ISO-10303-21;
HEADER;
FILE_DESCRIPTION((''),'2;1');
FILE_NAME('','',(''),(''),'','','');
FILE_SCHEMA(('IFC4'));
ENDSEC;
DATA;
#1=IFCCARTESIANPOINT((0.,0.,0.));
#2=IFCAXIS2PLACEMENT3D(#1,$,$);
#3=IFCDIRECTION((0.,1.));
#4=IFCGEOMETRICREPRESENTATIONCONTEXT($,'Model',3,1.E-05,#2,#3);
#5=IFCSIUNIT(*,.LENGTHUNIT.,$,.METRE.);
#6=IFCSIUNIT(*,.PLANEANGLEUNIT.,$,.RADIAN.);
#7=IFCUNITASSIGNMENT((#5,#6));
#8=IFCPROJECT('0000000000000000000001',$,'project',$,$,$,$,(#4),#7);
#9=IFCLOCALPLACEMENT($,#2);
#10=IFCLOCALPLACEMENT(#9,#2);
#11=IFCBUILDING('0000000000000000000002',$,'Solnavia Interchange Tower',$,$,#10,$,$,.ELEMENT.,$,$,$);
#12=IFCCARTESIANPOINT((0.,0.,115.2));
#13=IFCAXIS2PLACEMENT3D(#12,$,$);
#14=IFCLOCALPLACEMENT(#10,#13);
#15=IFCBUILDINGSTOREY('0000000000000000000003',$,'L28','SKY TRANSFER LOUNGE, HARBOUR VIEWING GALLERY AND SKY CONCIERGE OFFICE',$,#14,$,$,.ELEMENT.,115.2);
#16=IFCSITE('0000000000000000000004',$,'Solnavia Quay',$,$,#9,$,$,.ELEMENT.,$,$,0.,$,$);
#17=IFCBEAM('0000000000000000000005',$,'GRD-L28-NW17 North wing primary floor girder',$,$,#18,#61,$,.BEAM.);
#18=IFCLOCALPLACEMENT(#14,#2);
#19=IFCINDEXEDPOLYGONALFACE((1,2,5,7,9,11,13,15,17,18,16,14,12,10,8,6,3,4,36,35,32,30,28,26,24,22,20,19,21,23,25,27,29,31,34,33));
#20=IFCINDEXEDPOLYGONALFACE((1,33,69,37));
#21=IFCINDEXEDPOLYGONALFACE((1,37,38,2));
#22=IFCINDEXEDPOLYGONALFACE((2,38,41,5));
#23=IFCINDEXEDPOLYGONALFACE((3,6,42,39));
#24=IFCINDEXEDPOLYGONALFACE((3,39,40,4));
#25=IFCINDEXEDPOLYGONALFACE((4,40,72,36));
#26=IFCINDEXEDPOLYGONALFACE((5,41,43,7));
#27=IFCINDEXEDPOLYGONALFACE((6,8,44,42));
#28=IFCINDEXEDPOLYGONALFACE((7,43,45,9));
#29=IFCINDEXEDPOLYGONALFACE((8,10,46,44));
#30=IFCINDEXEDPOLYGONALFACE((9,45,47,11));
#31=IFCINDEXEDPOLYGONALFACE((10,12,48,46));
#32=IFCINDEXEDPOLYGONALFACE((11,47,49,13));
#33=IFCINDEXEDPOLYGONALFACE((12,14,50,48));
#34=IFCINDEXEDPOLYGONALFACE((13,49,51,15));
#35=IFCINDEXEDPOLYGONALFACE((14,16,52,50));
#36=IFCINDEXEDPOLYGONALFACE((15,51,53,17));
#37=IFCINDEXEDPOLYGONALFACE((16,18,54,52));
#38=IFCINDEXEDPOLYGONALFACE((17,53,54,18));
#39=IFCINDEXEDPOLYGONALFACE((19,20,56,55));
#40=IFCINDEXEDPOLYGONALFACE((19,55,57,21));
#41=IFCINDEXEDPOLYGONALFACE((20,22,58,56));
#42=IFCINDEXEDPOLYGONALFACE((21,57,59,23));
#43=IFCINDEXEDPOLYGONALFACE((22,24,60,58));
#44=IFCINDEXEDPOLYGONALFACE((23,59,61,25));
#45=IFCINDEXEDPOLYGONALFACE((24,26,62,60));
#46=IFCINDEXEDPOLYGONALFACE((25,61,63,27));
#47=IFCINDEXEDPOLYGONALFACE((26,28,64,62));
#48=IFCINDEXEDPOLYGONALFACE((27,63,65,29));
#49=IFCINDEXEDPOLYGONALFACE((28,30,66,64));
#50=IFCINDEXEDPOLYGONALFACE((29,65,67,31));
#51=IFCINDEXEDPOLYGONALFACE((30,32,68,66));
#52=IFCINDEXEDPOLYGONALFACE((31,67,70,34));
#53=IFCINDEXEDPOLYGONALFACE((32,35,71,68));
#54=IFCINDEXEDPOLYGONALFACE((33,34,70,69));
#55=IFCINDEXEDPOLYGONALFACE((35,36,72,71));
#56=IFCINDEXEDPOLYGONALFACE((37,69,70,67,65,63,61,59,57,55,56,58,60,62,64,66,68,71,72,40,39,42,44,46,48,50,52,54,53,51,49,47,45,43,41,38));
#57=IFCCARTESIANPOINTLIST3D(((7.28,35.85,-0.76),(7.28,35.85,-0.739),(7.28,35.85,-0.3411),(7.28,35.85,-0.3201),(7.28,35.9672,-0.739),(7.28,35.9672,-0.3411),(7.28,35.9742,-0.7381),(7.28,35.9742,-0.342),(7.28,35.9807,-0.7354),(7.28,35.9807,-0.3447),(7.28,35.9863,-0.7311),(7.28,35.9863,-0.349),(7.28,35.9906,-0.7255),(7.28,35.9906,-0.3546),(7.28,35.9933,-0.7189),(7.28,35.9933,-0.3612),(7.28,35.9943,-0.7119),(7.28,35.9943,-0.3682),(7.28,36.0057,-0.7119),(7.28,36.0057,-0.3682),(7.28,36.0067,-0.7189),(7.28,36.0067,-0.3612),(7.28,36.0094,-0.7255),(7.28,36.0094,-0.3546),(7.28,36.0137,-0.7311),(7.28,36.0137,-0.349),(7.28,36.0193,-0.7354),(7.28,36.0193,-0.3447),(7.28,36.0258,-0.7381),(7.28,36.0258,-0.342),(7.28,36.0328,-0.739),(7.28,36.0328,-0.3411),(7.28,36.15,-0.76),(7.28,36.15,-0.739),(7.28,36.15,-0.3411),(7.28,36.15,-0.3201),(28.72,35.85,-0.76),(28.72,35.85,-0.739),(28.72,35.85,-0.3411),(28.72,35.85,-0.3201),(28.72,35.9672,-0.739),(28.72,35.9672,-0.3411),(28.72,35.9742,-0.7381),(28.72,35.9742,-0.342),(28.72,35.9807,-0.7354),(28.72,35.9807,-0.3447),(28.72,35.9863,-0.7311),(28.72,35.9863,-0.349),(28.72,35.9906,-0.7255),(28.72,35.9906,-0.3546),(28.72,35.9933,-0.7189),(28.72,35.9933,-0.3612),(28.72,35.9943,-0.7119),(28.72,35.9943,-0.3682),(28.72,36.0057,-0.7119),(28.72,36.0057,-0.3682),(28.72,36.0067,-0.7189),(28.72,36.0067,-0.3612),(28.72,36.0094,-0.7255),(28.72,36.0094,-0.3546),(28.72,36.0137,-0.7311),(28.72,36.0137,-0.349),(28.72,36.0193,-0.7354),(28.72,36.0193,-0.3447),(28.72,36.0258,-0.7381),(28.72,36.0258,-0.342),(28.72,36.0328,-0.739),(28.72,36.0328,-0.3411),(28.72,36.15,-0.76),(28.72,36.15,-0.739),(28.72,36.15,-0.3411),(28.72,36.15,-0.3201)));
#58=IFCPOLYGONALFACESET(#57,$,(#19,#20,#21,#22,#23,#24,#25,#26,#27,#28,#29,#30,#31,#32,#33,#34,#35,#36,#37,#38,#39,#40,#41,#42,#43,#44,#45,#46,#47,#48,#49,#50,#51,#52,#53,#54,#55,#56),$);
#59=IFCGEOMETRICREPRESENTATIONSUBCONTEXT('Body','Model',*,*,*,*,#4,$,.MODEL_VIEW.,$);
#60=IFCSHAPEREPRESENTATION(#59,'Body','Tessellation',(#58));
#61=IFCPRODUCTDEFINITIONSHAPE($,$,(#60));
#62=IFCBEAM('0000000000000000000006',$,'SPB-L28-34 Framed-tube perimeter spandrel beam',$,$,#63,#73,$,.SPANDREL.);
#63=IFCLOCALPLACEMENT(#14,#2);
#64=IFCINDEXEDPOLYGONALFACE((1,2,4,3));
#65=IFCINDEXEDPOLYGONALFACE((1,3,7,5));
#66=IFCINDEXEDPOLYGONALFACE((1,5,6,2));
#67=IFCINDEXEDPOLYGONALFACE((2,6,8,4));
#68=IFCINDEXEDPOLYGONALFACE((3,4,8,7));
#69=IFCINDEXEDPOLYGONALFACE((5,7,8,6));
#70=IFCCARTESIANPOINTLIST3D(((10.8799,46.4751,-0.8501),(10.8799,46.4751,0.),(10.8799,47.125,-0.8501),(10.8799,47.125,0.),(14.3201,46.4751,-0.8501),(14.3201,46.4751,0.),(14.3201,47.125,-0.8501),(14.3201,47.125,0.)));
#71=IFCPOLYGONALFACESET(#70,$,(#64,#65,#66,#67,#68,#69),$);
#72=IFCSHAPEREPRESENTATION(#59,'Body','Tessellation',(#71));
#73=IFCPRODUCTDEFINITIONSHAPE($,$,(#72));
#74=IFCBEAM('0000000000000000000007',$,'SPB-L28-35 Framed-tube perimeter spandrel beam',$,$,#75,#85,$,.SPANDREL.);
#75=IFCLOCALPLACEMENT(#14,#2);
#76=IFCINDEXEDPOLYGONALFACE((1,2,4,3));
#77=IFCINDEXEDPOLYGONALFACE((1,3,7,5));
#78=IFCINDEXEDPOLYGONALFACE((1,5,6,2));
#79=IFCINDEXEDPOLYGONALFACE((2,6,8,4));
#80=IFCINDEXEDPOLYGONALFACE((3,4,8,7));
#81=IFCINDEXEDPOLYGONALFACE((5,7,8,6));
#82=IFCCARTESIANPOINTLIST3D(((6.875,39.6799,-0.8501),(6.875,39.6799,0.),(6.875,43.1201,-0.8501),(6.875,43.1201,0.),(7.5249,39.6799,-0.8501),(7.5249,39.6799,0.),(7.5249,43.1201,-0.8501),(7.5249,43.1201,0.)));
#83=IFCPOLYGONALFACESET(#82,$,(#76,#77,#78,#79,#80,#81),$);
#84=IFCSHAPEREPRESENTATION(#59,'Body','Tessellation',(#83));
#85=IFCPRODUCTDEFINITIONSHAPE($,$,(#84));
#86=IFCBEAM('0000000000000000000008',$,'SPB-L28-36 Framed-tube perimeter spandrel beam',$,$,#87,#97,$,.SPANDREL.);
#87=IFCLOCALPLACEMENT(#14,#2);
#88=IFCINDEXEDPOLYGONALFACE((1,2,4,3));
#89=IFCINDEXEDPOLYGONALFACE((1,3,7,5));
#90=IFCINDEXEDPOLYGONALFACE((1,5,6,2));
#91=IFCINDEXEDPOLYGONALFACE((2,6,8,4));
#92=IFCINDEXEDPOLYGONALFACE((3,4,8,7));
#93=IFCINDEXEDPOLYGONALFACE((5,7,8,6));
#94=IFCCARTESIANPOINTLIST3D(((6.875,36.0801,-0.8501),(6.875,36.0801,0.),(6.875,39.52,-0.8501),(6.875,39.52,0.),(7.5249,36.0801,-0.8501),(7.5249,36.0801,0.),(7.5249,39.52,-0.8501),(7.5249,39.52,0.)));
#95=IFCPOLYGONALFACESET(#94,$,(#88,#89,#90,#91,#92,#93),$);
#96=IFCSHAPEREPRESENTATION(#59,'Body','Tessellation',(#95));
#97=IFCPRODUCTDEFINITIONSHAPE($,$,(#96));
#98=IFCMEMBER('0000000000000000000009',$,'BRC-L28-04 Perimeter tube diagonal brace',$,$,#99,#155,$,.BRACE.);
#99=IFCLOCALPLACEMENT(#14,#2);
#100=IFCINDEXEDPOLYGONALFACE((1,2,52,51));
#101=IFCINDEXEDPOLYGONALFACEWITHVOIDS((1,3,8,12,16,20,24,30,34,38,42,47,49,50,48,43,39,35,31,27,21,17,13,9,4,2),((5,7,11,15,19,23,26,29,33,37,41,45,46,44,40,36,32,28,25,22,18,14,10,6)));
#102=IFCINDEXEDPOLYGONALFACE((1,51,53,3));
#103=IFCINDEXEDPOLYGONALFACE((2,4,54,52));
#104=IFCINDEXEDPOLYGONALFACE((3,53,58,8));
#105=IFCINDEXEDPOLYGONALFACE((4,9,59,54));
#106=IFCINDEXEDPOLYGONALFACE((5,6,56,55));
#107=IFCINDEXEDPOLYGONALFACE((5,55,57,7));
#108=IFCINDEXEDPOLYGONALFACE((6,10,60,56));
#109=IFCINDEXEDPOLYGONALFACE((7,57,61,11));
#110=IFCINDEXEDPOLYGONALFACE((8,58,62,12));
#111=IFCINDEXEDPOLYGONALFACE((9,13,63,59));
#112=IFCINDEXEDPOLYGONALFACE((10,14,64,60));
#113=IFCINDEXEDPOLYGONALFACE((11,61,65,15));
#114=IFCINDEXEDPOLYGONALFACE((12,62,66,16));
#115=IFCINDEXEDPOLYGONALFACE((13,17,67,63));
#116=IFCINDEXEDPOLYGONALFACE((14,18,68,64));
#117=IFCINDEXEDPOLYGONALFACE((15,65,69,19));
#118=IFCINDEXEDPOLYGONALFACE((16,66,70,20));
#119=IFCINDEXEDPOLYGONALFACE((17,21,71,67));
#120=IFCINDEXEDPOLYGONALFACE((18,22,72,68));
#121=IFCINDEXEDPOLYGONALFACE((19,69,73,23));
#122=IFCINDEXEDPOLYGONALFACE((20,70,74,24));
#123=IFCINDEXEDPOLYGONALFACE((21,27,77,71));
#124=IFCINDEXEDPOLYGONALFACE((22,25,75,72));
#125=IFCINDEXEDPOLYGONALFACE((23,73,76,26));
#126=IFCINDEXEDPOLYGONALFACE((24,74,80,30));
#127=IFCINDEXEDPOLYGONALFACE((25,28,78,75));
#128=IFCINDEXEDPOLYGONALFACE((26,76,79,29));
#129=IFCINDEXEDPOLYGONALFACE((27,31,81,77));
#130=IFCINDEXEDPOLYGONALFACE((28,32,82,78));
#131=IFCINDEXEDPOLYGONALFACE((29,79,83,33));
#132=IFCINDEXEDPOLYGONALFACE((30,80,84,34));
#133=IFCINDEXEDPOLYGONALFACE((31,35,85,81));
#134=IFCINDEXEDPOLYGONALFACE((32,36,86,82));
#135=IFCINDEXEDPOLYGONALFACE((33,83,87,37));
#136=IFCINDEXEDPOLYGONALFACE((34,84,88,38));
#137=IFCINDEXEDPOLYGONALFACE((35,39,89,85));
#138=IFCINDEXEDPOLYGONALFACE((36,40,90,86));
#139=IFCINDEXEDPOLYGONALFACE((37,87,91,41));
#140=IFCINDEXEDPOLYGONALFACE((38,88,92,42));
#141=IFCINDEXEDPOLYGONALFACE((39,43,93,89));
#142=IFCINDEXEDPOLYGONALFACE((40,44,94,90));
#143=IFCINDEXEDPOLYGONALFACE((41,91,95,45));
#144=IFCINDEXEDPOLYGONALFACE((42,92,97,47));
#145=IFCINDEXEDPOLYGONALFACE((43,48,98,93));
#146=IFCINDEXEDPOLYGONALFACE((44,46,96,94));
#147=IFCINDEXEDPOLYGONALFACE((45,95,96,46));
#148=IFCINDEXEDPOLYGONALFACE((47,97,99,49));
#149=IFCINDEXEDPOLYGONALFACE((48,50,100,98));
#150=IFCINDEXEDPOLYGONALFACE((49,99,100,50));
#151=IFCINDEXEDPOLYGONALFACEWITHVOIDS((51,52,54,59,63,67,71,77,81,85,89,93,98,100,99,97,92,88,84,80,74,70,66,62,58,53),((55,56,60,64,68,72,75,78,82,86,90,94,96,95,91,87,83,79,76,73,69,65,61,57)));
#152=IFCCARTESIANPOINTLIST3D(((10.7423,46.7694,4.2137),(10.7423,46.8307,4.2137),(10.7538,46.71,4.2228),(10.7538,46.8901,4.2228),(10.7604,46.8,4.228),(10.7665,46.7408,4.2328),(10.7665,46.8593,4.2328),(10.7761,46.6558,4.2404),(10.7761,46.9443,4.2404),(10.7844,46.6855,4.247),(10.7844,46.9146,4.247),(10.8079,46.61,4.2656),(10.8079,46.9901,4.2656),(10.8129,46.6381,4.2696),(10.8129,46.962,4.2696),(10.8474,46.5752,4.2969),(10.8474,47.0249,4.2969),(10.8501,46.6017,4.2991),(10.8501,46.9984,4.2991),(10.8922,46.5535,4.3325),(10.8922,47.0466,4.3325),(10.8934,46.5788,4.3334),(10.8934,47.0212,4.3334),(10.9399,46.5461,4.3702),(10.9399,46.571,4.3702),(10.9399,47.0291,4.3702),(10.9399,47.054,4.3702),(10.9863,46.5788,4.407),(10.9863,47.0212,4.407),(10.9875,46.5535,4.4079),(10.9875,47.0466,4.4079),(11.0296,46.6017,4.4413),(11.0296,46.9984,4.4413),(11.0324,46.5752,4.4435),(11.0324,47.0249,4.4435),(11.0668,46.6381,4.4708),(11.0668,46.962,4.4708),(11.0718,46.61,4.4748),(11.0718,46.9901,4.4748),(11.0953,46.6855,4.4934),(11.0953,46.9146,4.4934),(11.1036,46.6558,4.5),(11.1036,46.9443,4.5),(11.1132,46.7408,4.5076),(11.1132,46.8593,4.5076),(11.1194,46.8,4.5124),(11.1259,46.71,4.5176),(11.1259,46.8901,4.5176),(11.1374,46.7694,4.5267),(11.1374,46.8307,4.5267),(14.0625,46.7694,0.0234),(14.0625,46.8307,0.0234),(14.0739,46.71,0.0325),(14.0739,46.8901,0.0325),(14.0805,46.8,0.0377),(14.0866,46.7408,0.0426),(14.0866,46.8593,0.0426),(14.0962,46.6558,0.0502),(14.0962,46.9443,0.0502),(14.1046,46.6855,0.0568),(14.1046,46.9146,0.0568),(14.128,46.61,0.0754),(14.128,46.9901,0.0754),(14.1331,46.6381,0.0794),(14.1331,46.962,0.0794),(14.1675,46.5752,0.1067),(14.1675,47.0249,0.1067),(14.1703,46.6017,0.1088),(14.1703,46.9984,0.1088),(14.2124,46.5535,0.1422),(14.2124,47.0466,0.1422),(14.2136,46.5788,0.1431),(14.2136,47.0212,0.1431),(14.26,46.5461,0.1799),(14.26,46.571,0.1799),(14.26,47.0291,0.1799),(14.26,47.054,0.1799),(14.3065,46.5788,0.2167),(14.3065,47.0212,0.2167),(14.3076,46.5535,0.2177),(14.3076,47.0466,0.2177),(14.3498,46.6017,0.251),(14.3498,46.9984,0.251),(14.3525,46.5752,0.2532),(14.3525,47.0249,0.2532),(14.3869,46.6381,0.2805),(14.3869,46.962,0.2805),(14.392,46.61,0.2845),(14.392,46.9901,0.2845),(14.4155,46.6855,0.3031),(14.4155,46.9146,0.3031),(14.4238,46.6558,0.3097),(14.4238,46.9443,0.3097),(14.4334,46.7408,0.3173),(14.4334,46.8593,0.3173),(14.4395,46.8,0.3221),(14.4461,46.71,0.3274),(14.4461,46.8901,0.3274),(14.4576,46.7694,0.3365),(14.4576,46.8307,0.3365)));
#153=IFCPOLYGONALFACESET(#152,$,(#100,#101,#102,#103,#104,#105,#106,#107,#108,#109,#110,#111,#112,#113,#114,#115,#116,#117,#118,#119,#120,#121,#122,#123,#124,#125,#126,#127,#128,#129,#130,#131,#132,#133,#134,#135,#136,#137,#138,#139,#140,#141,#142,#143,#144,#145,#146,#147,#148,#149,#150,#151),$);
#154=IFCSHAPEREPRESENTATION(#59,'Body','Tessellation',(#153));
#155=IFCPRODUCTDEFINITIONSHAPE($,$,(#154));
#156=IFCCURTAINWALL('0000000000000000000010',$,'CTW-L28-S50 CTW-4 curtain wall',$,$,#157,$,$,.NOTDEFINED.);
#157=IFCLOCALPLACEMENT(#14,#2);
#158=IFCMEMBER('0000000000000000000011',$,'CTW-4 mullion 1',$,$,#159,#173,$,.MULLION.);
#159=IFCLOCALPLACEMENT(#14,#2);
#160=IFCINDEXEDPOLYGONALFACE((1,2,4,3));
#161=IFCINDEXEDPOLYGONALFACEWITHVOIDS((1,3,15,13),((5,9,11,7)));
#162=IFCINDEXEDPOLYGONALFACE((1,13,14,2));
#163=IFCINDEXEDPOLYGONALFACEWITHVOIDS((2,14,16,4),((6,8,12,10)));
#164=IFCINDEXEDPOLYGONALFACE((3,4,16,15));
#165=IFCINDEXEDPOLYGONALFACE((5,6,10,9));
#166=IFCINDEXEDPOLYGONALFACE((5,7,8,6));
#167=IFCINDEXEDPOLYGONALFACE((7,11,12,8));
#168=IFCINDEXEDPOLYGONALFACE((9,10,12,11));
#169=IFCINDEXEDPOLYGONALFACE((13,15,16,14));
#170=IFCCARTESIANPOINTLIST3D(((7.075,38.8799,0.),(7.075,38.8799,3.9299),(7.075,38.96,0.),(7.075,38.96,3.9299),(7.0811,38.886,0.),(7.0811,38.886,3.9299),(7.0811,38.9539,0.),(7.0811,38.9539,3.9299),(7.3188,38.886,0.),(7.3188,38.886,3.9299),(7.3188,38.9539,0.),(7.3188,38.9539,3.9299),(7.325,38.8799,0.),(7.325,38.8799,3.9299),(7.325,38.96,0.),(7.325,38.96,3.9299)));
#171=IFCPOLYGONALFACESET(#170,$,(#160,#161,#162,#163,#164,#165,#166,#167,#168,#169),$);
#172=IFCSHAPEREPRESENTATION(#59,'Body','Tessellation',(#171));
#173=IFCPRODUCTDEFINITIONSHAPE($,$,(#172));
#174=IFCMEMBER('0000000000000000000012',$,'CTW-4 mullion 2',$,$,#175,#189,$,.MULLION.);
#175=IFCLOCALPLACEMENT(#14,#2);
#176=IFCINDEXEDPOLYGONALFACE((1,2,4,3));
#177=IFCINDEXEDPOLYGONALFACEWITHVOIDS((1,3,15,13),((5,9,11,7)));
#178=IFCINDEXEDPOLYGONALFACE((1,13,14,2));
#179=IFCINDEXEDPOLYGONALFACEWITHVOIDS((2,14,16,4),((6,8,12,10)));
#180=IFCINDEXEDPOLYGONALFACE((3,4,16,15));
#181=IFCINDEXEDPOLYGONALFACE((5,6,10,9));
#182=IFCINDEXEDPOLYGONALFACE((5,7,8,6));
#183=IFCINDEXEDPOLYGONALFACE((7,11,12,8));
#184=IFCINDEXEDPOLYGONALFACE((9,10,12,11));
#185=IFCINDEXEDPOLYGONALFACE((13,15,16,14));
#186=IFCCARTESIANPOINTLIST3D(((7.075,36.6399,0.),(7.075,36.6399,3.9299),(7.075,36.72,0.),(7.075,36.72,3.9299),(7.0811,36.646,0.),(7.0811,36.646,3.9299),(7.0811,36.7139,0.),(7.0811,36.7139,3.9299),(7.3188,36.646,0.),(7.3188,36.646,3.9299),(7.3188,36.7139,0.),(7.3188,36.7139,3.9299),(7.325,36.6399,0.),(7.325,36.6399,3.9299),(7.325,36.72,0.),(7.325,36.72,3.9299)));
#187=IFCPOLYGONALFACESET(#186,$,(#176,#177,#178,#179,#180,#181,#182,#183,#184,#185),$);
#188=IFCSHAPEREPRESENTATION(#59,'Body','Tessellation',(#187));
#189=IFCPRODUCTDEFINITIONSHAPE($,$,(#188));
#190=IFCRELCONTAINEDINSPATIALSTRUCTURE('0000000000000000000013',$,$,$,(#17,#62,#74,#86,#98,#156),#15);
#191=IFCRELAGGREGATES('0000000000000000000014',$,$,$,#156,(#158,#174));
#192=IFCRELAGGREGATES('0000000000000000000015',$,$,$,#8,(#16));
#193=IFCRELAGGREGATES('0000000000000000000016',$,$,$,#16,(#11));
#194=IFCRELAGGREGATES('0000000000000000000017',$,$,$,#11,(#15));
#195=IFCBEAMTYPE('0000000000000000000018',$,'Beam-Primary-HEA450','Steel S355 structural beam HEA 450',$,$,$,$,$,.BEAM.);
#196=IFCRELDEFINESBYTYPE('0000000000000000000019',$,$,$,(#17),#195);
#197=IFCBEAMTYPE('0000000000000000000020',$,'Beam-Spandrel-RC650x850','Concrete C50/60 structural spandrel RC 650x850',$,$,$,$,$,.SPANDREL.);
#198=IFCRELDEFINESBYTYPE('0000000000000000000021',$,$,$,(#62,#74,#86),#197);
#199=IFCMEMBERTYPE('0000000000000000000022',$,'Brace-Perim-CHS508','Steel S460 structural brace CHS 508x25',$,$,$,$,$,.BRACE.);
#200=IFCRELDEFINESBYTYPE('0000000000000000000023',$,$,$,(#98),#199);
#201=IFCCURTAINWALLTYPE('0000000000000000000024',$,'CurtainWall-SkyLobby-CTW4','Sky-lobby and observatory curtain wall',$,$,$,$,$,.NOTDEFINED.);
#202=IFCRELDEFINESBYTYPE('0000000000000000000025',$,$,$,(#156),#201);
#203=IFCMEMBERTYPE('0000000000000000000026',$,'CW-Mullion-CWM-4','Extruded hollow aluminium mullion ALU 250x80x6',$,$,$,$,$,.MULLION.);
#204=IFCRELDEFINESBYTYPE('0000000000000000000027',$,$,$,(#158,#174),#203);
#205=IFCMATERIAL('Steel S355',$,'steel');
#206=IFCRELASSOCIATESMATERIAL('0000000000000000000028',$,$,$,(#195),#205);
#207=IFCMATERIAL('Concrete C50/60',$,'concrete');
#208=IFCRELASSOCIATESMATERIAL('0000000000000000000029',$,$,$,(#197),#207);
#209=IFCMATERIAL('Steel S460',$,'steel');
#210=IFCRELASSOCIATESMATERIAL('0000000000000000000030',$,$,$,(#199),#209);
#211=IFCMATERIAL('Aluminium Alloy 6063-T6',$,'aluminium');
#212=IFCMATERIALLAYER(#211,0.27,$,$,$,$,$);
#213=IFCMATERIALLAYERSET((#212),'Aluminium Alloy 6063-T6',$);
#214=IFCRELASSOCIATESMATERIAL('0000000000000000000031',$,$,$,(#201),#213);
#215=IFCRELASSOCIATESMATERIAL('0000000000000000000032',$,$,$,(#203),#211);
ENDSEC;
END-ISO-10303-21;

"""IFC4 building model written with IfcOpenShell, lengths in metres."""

from ifc_helpers import new_model, si_unit, direction, frame, origin, origin_2d, place, context, subcontext, project, spatial, rectangle, hollow_rectangle, hollow_circle, i_section, extrude, material, layer, layer_set, material_profile, profile_set, type_object, element, aggregate, save


model = new_model("IFC4")

# Units and contexts
model_context = context("Model", 3, precision=1e-05, world=origin(), true_north=direction((0.0, 1.0)))
body_context = subcontext(model_context, "Body", "Model", "MODEL_VIEW")
ifc_project = project(units=[si_unit("LENGTHUNIT", "METRE"), si_unit("PLANEANGLEUNIT", "RADIAN")], contexts=[model_context])

# Site, building, storey
site_placement = place(None, origin())
site = spatial("IfcSite", under=ifc_project, at=site_placement, Name="Solnavia Quay", CompositionType="ELEMENT", RefElevation=0.0)
building_placement = place(site_placement, origin())
building = spatial("IfcBuilding", under=site, at=building_placement, Name="Solnavia Interchange Tower", CompositionType="ELEMENT")
storey_placement = place(building_placement, frame((0.0, 0.0, 115.2)))
storey = spatial("IfcBuildingStorey", under=building, at=storey_placement, Name="L28", Description="SKY TRANSFER LOUNGE, HARBOUR VIEWING GALLERY AND SKY CONCIERGE OFFICE", CompositionType="ELEMENT", Elevation=115.2)

# Shared definitions
ifc_material_1 = material(Name="Concrete C50/60", Category="concrete")

# Beams
ifc_material_2 = material(Name="Steel S355", Category="steel")
ifc_material_profile_1 = material_profile(ifc_material_2, i_section(OverallWidth=0.3, OverallDepth=0.4399, WebThickness=0.0115, FlangeThickness=0.021, FilletRadius=0.0271, at=origin_2d()), Name="HEA 450")
ifc_profile_set_1 = profile_set([ifc_material_profile_1], Name="Steel S355")
beam_type_1 = type_object("IfcBeamType", Name="Beam-Primary-HEA450", Description="Steel S355 structural beam HEA 450", PredefinedType="BEAM", material=ifc_profile_set_1)
beam_1_placement = place(storey_placement, frame((7.28, 36.0, -0.54), z_axis=(1.0, 0.0, 0.0), x_axis=(0.0, 1.0, 0.0)))
element("IfcBeam", 1, at=beam_1_placement, inside=storey, type_object=beam_type_1, Name="GRD-L28-NW17 North wing primary floor girder", PredefinedType="BEAM", context=body_context, shape_type="SweptSolid", body=[
    extrude(i_section(OverallWidth=0.3, OverallDepth=0.4399, WebThickness=0.0115, FlangeThickness=0.021, FilletRadius=0.0271, at=origin_2d()), origin(), (0.0, 0.0, 1.0), 21.4399),
])
ifc_material_profile_2 = material_profile(ifc_material_1, rectangle(XDim=0.6499, YDim=0.8501, at=origin_2d()), Name="RC 650x850")
ifc_profile_set_2 = profile_set([ifc_material_profile_2], Name="Concrete C50/60")
beam_type_2 = type_object("IfcBeamType", Name="Beam-Spandrel-RC650x850", Description="Concrete C50/60 structural spandrel RC 650x850", PredefinedType="SPANDREL", material=ifc_profile_set_2)
for number, where, z_axis, x_axis, name in (
    (2, (14.3201, 46.8, -0.425), (-1.0, 0.0, 0.0), (0.0, -1.0, 0.0), "SPB-L28-34 Framed-tube perimeter spandrel beam"),
    (3, (7.2, 43.1201, -0.425), (0.0, -1.0, 0.0), (1.0, 0.0, 0.0), "SPB-L28-35 Framed-tube perimeter spandrel beam"),
):
    element("IfcBeam", number, at=place(storey_placement, frame(where, z_axis=z_axis, x_axis=x_axis)), inside=storey, type_object=beam_type_2, Name=name, PredefinedType="SPANDREL", context=body_context, shape_type="SweptSolid", body=[
        extrude(rectangle(XDim=0.6499, YDim=0.8501, at=origin_2d()), origin(), (0.0, 0.0, 1.0), 3.4402),
    ])
beam_2_placement = place(storey_placement, frame((7.2, 39.52, -0.425), z_axis=(0.0, -1.0, 0.0), x_axis=(1.0, 0.0, 0.0)))
element("IfcBeam", 4, at=beam_2_placement, inside=storey, type_object=beam_type_2, Name="SPB-L28-36 Framed-tube perimeter spandrel beam", PredefinedType="SPANDREL", context=body_context, shape_type="SweptSolid", body=[
    extrude(rectangle(XDim=0.6499, YDim=0.8501, at=origin_2d()), origin(), (0.0, 0.0, 1.0), 3.4399),
])

# Member
ifc_material_3 = material(Name="Steel S460", Category="steel")
ifc_material_profile_3 = material_profile(ifc_material_3, hollow_circle(Radius=0.2539, WallThickness=0.0249, at=origin_2d()), Name="CHS 508x25")
ifc_profile_set_3 = profile_set([ifc_material_profile_3], Name="Steel S460")
member_type_1 = type_object("IfcMemberType", Name="Brace-Perim-CHS508", Description="Steel S460 structural brace CHS 508x25", PredefinedType="BRACE", material=ifc_profile_set_3)
member_1_placement = place(storey_placement, frame((14.26, 46.8, 0.1799), z_axis=(-0.621029, 0.0, 0.783787), x_axis=(0.0, -1.0, 0.0)))
element("IfcMember", 5, at=member_1_placement, inside=storey, type_object=member_type_1, Name="BRC-L28-04 Perimeter tube diagonal brace", PredefinedType="BRACE", context=body_context, shape_type="SweptSolid", body=[
    extrude(hollow_circle(Radius=0.2539, WallThickness=0.0249, at=origin_2d()), origin(), (0.0, 0.0, 1.0), 5.3462),
])

# Curtain wall, members
ifc_material_4 = material(Name="Aluminium Alloy 6063-T6", Category="aluminium")
ifc_layer_1 = layer(ifc_material_4, 0.27)
ifc_layer_set_1 = layer_set([ifc_layer_1], Name="Aluminium Alloy 6063-T6")
curtain_wall_type = type_object("IfcCurtainWallType", Name="CurtainWall-SkyLobby-CTW4", Description="Sky-lobby and observatory curtain wall", PredefinedType="NOTDEFINED", material=ifc_layer_set_1)
curtain_wall_placement = place(storey_placement, origin())
curtain_wall = element("IfcCurtainWall", 6, at=curtain_wall_placement, inside=storey, type_object=curtain_wall_type, Name="CTW-L28-S50 CTW-4 curtain wall", PredefinedType="NOTDEFINED")
ifc_material_profile_4 = material_profile(ifc_material_4, hollow_rectangle(XDim=0.0801, YDim=0.25, WallThickness=0.0061, at=origin_2d()), Name="ALU 250x80x6")
ifc_profile_set_4 = profile_set([ifc_material_profile_4], Name="Aluminium Alloy 6063-T6")
member_type_2 = type_object("IfcMemberType", Name="CW-Mullion-CWM-4", Description="Extruded hollow aluminium mullion ALU 250x80x6", PredefinedType="MULLION", material=ifc_profile_set_4)
member_2_placement = place(storey_placement, frame((7.2, 38.9199, 0.0), z_axis=(0.0, 0.0, 1.0), x_axis=(0.0, -1.0, 0.0)))
member_2 = element("IfcMember", 7, at=member_2_placement, type_object=member_type_2, Name="CTW-4 mullion 1", PredefinedType="MULLION", context=body_context, shape_type="SweptSolid", body=[
    extrude(hollow_rectangle(XDim=0.0801, YDim=0.25, WallThickness=0.0061, at=origin_2d()), origin(), (0.0, 0.0, 1.0), 3.9299),
])
member_3_placement = place(storey_placement, frame((7.2, 36.6799, 0.0), z_axis=(0.0, 0.0, 1.0), x_axis=(0.0, -1.0, 0.0)))
member_3 = element("IfcMember", 8, at=member_3_placement, type_object=member_type_2, Name="CTW-4 mullion 2", PredefinedType="MULLION", context=body_context, shape_type="SweptSolid", body=[
    extrude(hollow_rectangle(XDim=0.0801, YDim=0.25, WallThickness=0.0061, at=origin_2d()), origin(), (0.0, 0.0, 1.0), 3.9299),
])
aggregate(curtain_wall, [member_2, member_3])

save(model, "model.ifc")
